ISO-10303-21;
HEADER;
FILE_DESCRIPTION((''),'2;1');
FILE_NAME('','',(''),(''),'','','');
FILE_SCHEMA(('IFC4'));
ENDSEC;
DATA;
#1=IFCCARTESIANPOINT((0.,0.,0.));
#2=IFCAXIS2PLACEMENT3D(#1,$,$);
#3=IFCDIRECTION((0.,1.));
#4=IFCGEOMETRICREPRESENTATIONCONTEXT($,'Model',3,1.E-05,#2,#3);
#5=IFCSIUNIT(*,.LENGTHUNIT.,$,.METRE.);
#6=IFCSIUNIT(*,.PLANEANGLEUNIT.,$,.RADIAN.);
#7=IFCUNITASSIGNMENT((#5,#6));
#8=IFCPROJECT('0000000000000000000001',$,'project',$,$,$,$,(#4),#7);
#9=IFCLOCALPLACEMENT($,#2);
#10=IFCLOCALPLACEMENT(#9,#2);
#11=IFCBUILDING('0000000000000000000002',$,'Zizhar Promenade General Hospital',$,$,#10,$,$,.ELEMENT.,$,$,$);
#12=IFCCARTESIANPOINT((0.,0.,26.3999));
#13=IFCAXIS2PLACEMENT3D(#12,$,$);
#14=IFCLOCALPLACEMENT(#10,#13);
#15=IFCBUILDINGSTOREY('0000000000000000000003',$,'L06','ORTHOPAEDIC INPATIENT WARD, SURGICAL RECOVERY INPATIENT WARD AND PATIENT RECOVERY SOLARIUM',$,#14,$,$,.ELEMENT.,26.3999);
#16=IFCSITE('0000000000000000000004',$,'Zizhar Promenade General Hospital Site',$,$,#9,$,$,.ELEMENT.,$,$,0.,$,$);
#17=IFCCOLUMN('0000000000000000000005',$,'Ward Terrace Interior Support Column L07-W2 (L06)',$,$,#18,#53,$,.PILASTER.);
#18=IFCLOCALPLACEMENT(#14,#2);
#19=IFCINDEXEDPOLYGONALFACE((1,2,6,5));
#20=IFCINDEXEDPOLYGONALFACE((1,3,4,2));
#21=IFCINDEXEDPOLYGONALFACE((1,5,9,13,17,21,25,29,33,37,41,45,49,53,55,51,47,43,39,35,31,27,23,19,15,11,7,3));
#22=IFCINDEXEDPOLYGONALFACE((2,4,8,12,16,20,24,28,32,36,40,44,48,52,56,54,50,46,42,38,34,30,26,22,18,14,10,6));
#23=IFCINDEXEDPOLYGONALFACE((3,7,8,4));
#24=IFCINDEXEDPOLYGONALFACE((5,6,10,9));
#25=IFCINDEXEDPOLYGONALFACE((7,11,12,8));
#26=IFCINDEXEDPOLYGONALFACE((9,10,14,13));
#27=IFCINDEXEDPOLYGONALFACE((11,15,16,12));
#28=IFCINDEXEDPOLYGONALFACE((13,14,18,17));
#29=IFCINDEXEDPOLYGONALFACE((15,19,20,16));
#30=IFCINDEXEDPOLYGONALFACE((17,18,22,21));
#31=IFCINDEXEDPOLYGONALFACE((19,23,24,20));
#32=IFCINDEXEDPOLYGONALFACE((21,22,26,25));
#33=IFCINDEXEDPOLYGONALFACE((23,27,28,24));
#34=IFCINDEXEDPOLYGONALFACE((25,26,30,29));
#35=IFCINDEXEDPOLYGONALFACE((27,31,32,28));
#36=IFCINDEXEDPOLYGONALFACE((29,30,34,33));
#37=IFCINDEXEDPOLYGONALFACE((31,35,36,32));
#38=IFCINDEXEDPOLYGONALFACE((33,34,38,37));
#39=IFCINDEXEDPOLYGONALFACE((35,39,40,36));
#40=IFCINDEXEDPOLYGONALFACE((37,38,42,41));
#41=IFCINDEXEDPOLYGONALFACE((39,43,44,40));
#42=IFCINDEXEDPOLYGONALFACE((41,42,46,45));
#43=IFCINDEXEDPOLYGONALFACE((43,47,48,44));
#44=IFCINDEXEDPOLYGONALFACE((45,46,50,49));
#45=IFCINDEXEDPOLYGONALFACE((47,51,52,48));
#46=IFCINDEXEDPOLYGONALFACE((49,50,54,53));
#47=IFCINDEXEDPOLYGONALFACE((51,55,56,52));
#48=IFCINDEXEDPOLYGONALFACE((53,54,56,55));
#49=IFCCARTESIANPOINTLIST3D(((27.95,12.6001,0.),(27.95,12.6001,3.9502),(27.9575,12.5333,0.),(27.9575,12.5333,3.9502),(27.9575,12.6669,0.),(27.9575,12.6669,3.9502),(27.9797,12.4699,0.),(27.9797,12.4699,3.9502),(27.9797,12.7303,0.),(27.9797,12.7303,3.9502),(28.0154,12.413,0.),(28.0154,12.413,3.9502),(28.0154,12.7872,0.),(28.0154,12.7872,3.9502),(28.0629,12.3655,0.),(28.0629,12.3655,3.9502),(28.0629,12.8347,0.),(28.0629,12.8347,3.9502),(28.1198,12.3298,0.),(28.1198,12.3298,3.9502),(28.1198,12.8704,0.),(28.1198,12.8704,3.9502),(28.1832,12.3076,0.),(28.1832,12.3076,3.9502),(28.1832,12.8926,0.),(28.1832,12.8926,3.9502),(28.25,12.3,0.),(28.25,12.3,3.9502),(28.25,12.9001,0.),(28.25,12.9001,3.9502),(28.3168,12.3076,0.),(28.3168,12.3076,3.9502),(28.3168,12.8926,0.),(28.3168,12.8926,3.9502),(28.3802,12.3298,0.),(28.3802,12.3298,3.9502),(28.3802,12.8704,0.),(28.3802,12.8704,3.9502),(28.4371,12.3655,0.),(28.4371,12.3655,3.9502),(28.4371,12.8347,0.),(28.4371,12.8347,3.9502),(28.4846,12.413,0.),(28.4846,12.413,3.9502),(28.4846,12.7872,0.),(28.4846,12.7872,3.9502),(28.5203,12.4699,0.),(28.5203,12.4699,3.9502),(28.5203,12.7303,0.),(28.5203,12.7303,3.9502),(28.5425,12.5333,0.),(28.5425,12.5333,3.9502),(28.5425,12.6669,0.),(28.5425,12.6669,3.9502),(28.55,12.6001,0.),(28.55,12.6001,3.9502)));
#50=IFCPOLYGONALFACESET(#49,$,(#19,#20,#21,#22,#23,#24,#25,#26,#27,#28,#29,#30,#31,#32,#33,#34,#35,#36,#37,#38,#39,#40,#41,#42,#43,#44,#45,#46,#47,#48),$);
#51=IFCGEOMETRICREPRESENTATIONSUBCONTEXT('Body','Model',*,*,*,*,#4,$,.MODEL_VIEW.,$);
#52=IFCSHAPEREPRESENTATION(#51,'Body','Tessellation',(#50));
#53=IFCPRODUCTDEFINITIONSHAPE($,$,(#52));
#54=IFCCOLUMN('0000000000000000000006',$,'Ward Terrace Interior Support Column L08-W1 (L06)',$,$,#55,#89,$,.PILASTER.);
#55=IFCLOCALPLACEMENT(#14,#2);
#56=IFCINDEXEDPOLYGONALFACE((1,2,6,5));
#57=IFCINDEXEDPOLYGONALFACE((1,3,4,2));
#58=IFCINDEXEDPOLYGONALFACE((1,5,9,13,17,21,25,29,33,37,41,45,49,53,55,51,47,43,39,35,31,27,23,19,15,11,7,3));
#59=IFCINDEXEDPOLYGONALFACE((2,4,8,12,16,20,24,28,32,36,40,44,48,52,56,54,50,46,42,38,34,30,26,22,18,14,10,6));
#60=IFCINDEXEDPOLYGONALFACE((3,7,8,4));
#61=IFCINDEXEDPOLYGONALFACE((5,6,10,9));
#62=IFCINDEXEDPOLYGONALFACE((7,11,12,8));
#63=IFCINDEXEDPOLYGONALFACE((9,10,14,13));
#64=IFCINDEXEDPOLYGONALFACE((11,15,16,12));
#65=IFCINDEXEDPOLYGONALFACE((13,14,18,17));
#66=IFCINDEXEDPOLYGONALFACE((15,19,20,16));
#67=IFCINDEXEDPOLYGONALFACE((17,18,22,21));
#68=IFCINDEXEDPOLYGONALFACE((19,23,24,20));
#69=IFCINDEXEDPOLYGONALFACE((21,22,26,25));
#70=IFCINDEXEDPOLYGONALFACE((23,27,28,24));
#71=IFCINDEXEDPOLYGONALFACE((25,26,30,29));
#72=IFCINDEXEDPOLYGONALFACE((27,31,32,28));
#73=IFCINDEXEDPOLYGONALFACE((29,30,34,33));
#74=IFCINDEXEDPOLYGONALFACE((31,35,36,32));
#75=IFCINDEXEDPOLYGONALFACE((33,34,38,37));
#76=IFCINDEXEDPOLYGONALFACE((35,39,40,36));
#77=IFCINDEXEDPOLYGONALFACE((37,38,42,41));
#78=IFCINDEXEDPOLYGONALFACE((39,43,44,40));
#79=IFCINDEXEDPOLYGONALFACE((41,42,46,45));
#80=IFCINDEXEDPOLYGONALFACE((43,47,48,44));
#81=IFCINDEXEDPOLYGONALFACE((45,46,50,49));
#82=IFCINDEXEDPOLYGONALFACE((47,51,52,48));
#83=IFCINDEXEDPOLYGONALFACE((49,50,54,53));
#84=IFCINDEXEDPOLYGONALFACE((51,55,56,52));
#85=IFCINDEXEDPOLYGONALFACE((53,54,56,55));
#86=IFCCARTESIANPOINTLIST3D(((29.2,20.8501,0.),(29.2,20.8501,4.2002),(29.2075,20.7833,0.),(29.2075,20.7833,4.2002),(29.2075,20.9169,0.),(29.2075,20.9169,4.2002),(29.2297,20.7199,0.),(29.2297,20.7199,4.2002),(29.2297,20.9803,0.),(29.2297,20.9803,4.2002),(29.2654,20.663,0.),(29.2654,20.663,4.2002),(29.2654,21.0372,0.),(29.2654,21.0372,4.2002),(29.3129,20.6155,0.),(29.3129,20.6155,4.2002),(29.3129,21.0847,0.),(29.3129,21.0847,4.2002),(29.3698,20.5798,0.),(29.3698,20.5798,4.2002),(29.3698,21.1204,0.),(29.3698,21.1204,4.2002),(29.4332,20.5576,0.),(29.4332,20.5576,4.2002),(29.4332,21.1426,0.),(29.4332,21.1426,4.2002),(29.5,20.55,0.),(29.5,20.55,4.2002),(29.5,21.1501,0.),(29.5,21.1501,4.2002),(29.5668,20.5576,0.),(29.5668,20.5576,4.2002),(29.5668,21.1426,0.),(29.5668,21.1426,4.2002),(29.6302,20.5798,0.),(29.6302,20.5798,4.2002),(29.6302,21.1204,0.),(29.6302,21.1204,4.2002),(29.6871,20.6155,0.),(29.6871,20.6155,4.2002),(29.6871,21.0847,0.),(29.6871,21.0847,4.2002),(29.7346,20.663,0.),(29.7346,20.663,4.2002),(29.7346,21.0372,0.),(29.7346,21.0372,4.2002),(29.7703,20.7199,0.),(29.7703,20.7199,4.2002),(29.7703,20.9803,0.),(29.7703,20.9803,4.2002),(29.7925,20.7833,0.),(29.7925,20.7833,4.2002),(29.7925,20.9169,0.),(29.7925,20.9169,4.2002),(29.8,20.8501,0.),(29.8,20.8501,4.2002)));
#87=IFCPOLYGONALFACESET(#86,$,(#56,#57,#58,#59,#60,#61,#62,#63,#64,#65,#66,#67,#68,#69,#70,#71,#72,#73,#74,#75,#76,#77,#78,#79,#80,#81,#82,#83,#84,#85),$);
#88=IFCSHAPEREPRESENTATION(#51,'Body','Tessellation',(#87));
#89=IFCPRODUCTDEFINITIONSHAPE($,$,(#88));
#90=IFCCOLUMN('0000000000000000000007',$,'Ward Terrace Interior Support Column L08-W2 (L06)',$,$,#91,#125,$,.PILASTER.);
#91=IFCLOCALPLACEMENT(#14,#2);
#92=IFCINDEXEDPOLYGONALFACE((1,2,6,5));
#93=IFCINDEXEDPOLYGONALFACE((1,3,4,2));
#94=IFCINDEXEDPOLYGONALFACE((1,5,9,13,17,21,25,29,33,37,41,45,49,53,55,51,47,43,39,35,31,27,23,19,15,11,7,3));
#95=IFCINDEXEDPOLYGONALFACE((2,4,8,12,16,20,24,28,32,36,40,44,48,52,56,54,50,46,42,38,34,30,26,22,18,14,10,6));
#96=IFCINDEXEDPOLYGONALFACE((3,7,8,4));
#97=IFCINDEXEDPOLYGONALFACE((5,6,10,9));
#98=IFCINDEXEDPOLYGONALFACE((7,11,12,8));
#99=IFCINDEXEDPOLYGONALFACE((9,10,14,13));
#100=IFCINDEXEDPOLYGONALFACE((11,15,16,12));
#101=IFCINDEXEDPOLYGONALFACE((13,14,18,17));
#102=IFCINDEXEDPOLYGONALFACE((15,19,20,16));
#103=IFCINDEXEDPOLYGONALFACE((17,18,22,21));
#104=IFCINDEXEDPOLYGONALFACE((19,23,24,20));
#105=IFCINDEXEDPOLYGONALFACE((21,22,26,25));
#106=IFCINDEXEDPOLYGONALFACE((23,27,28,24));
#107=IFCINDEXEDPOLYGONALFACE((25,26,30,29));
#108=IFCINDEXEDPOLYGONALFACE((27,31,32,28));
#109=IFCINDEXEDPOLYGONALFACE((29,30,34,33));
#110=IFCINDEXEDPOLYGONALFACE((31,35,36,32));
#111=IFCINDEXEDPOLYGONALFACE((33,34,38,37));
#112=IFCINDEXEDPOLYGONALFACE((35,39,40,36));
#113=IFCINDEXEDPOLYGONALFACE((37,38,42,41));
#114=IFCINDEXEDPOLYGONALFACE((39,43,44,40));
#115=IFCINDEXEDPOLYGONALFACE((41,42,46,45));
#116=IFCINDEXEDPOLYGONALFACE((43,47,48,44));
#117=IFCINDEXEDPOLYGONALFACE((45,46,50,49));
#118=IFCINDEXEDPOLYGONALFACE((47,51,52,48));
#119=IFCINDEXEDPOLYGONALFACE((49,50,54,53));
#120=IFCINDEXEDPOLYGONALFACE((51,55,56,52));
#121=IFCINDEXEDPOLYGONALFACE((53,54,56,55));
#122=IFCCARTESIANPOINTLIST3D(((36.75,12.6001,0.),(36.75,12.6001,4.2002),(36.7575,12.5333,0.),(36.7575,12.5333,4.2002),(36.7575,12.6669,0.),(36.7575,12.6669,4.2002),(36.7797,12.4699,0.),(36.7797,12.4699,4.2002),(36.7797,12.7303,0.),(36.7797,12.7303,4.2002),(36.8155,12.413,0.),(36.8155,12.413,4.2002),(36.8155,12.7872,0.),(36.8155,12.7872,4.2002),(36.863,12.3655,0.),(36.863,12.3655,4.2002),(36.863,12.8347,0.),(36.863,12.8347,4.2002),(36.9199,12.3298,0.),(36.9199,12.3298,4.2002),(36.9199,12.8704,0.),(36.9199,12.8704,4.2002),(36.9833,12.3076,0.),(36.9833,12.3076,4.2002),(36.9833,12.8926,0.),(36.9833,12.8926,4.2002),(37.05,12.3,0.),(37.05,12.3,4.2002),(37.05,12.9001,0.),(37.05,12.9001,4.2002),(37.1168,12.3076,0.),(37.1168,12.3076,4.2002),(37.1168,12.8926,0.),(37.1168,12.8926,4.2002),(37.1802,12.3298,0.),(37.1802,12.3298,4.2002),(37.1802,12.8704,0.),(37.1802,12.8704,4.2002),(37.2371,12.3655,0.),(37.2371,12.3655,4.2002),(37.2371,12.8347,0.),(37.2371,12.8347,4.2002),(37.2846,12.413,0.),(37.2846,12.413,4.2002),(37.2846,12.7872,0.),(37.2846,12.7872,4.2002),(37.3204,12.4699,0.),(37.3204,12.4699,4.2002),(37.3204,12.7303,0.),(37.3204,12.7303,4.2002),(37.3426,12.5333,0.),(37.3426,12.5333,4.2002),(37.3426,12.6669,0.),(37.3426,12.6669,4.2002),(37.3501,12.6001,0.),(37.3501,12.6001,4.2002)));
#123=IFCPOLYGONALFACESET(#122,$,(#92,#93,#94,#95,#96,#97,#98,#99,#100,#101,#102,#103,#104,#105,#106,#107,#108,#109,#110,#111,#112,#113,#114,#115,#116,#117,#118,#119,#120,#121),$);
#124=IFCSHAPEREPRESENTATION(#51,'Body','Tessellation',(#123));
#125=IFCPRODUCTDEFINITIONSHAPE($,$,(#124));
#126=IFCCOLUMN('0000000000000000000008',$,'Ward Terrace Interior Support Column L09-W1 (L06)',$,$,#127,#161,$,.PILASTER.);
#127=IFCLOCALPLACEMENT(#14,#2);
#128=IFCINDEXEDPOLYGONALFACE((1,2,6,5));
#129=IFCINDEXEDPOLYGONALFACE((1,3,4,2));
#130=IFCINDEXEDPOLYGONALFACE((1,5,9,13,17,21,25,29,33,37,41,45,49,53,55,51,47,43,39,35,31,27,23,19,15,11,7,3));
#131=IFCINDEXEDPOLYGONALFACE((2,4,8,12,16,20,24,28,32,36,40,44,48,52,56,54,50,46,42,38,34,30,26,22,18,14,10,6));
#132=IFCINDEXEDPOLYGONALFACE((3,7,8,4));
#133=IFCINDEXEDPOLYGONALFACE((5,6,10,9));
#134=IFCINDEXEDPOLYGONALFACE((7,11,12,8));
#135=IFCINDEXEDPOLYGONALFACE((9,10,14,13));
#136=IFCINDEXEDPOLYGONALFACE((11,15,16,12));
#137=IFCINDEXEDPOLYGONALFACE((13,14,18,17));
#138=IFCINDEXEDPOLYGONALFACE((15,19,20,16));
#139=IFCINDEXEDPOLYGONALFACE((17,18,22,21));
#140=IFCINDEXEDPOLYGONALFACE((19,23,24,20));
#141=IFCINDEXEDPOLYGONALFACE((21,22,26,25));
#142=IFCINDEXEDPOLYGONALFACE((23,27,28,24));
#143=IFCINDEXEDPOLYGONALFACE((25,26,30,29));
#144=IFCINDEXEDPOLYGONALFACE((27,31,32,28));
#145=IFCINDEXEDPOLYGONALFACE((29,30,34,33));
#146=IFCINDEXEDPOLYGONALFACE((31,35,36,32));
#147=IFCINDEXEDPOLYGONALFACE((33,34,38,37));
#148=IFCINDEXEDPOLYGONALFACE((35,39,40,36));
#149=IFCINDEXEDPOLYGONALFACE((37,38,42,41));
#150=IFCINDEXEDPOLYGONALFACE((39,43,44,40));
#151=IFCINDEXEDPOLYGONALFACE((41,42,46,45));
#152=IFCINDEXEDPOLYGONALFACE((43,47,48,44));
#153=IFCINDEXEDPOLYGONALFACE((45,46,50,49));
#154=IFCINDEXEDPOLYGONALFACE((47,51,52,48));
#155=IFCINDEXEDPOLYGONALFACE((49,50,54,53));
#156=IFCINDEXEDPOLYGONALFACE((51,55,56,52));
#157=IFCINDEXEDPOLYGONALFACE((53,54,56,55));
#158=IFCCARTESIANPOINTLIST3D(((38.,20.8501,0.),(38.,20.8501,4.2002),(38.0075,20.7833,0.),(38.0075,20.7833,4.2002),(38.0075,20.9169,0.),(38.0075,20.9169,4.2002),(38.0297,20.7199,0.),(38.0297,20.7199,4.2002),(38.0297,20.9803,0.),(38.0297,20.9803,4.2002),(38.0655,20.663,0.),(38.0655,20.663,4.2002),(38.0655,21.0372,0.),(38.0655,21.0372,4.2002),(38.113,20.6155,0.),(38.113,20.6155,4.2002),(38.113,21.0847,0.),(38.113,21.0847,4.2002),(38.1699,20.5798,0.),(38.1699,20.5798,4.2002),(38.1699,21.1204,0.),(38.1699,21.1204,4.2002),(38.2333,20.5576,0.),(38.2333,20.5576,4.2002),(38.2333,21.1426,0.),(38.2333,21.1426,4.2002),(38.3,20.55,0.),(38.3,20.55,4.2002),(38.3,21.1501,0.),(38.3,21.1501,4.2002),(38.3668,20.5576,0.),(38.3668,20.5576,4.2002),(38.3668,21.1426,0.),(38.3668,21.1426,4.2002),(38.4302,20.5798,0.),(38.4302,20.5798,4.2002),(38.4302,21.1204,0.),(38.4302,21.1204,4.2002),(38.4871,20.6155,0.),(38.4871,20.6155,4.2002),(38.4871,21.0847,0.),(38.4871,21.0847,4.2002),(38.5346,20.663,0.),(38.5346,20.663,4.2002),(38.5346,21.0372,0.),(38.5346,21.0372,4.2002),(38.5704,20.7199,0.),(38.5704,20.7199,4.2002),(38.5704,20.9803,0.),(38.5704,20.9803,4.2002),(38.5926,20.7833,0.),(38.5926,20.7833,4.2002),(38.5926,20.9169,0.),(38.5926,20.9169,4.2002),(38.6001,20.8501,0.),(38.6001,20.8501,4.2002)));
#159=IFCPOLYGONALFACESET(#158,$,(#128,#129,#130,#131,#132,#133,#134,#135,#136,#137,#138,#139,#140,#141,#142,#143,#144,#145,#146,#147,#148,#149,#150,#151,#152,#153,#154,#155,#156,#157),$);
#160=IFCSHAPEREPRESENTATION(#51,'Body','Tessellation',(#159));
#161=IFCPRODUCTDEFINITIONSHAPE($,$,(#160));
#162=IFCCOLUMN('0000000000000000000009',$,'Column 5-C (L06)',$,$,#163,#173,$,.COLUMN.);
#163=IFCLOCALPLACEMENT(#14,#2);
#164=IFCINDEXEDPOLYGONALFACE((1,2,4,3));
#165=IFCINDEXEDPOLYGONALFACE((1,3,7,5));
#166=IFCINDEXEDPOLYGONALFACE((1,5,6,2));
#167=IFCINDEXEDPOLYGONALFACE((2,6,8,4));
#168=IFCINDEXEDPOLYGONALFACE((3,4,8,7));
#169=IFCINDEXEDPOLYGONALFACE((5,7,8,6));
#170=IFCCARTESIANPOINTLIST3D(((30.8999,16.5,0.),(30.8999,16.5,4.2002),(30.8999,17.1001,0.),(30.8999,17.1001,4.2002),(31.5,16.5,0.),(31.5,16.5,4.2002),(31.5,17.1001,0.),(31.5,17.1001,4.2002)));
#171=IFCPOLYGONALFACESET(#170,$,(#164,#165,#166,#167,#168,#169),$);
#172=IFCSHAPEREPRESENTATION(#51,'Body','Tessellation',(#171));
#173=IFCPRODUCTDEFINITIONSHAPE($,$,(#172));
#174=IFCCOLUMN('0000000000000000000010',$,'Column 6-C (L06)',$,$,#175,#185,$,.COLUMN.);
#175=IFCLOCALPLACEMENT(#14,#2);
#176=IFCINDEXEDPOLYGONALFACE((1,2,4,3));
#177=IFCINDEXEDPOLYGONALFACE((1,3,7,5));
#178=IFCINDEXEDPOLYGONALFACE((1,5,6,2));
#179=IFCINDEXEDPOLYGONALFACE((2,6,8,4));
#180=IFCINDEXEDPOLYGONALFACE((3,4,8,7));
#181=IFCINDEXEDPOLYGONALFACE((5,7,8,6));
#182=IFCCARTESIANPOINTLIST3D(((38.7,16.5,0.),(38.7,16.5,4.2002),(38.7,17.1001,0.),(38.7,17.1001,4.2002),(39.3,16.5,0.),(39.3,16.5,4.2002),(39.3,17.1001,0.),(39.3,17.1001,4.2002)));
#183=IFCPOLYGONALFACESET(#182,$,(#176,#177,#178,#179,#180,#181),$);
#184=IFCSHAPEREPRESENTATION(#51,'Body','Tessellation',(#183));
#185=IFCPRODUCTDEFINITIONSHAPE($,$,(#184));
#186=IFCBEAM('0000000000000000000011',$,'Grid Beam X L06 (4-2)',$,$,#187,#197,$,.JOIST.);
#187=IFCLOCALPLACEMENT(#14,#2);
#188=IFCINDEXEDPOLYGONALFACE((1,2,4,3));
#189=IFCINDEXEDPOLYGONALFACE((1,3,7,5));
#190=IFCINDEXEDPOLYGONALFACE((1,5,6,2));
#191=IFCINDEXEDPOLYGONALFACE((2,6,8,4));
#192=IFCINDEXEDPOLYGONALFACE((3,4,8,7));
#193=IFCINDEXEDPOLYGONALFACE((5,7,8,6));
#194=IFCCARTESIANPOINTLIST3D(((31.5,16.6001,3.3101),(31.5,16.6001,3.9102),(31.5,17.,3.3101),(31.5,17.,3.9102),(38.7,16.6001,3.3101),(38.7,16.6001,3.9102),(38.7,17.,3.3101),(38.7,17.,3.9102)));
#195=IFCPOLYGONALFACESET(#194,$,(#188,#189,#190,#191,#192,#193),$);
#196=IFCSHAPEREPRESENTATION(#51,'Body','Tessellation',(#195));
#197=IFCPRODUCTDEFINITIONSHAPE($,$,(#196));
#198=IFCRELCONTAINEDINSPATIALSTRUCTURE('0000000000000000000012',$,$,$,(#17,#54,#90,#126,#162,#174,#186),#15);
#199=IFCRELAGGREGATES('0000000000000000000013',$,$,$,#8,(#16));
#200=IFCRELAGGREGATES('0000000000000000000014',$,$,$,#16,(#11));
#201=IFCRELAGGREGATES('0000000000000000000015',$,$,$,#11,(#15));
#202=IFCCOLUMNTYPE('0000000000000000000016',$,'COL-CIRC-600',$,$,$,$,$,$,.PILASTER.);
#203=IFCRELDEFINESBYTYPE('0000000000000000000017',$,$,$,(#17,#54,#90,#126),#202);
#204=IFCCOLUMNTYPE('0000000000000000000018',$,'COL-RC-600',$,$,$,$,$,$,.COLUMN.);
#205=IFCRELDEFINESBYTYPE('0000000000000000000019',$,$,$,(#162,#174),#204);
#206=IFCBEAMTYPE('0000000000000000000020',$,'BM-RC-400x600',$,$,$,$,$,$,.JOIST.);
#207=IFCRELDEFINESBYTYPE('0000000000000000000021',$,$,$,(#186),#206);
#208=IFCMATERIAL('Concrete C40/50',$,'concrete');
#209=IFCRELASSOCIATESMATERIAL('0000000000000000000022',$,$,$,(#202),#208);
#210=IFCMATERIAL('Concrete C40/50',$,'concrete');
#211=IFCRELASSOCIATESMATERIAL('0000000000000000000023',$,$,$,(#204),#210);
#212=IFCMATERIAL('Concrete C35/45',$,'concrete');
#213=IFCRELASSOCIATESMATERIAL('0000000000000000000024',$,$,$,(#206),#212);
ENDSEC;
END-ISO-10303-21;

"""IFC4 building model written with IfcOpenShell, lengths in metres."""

from ifc_helpers import new_model, si_unit, direction, frame, origin, origin_2d, place, context, subcontext, project, spatial, rectangle, circle, extrude, material, material_profile, profile_set, type_object, element, save


model = new_model("IFC4")

# Units and contexts
model_context = context("Model", 3, precision=1e-05, world=origin(), true_north=direction((0.0, 1.0)))
body_context = subcontext(model_context, "Body", "Model", "MODEL_VIEW")
ifc_project = project(units=[si_unit("LENGTHUNIT", "METRE"), si_unit("PLANEANGLEUNIT", "RADIAN")], contexts=[model_context])

# Site, building, storey
site_placement = place(None, origin())
site = spatial("IfcSite", under=ifc_project, at=site_placement, Name="Zizhar Promenade General Hospital Site", CompositionType="ELEMENT", RefElevation=0.0)
building_placement = place(site_placement, origin())
building = spatial("IfcBuilding", under=site, at=building_placement, Name="Zizhar Promenade General Hospital", CompositionType="ELEMENT")
storey_placement = place(building_placement, frame((0.0, 0.0, 26.3999)))
storey = spatial("IfcBuildingStorey", under=building, at=storey_placement, Name="L06", Description="ORTHOPAEDIC INPATIENT WARD, SURGICAL RECOVERY INPATIENT WARD AND PATIENT RECOVERY SOLARIUM", CompositionType="ELEMENT", Elevation=26.3999)

# Columns
ifc_material_1 = material(Name="Concrete C40/50", Category="concrete")
ifc_material_profile_1 = material_profile(ifc_material_1, circle(Radius=0.3, at=origin_2d()))
ifc_profile_set_1 = profile_set([ifc_material_profile_1], Name="Concrete C40/50")
column_type_1 = type_object("IfcColumnType", Name="COL-CIRC-600", PredefinedType="PILASTER", material=ifc_profile_set_1)
column_placement = place(storey_placement, frame((28.25, 12.6001, 0.0), z_axis=(0.0, 0.0, 1.0), x_axis=(1.0, 0.0, 0.0)))
element("IfcColumn", 1, at=column_placement, inside=storey, type_object=column_type_1, Name="Ward Terrace Interior Support Column L07-W2 (L06)", PredefinedType="PILASTER", context=body_context, shape_type="SweptSolid", body=[
    extrude(circle(Radius=0.3, at=origin_2d()), origin(), (0.0, 0.0, 1.0), 3.9502),
])
for number, where, z_axis, x_axis, name in (
    (2, (29.5, 20.8501, 0.0), (0.0, 0.0, 1.0), (1.0, 0.0, 0.0), "Ward Terrace Interior Support Column L08-W1 (L06)"),
    (3, (37.05, 12.6001, 0.0), (0.0, 0.0, 1.0), (1.0, 0.0, 0.0), "Ward Terrace Interior Support Column L08-W2 (L06)"),
    (4, (38.3, 20.8501, 0.0), (0.0, 0.0, 1.0), (1.0, 0.0, 0.0), "Ward Terrace Interior Support Column L09-W1 (L06)"),
):
    element("IfcColumn", number, at=place(storey_placement, frame(where, z_axis=z_axis, x_axis=x_axis)), inside=storey, type_object=column_type_1, Name=name, PredefinedType="PILASTER", context=body_context, shape_type="SweptSolid", body=[
        extrude(circle(Radius=0.3, at=origin_2d()), origin(), (0.0, 0.0, 1.0), 4.2002),
    ])
ifc_material_2 = material(Name="Concrete C40/50", Category="concrete")
ifc_material_profile_2 = material_profile(ifc_material_2, rectangle(XDim=0.6001, YDim=0.6001, at=origin_2d()))
ifc_profile_set_2 = profile_set([ifc_material_profile_2], Name="Concrete C40/50")
column_type_2 = type_object("IfcColumnType", Name="COL-RC-600", PredefinedType="COLUMN", material=ifc_profile_set_2)
for number, where, z_axis, x_axis, name in (
    (5, (31.2, 16.8, 0.0), (0.0, 0.0, 1.0), (1.0, 0.0, 0.0), "Column 5-C (L06)"),
    (6, (39.0, 16.8, 0.0), (0.0, 0.0, 1.0), (1.0, 0.0, 0.0), "Column 6-C (L06)"),
):
    element("IfcColumn", number, at=place(storey_placement, frame(where, z_axis=z_axis, x_axis=x_axis)), inside=storey, type_object=column_type_2, Name=name, PredefinedType="COLUMN", context=body_context, shape_type="SweptSolid", body=[
        extrude(rectangle(XDim=0.6001, YDim=0.6001, at=origin_2d()), origin(), (0.0, 0.0, 1.0), 4.2002),
    ])

# Beam
ifc_material_3 = material(Name="Concrete C35/45", Category="concrete")
ifc_material_profile_3 = material_profile(ifc_material_3, rectangle(XDim=0.3999, YDim=0.6001, at=origin_2d()))
ifc_profile_set_3 = profile_set([ifc_material_profile_3], Name="Concrete C35/45")
beam_type_1 = type_object("IfcBeamType", Name="BM-RC-400x600", PredefinedType="JOIST", material=ifc_profile_set_3)
beam_1_placement = place(storey_placement, frame((31.5, 16.8, 3.6101), z_axis=(1.0, 0.0, 0.0), x_axis=(0.0, 1.0, 0.0)))
element("IfcBeam", 7, at=beam_1_placement, inside=storey, type_object=beam_type_1, Name="Grid Beam X L06 (4-2)", PredefinedType="JOIST", context=body_context, shape_type="SweptSolid", body=[
    extrude(rectangle(XDim=0.3999, YDim=0.6001, at=origin_2d()), origin(), (0.0, 0.0, 1.0), 7.2),
])

save(model, "model.ifc")
